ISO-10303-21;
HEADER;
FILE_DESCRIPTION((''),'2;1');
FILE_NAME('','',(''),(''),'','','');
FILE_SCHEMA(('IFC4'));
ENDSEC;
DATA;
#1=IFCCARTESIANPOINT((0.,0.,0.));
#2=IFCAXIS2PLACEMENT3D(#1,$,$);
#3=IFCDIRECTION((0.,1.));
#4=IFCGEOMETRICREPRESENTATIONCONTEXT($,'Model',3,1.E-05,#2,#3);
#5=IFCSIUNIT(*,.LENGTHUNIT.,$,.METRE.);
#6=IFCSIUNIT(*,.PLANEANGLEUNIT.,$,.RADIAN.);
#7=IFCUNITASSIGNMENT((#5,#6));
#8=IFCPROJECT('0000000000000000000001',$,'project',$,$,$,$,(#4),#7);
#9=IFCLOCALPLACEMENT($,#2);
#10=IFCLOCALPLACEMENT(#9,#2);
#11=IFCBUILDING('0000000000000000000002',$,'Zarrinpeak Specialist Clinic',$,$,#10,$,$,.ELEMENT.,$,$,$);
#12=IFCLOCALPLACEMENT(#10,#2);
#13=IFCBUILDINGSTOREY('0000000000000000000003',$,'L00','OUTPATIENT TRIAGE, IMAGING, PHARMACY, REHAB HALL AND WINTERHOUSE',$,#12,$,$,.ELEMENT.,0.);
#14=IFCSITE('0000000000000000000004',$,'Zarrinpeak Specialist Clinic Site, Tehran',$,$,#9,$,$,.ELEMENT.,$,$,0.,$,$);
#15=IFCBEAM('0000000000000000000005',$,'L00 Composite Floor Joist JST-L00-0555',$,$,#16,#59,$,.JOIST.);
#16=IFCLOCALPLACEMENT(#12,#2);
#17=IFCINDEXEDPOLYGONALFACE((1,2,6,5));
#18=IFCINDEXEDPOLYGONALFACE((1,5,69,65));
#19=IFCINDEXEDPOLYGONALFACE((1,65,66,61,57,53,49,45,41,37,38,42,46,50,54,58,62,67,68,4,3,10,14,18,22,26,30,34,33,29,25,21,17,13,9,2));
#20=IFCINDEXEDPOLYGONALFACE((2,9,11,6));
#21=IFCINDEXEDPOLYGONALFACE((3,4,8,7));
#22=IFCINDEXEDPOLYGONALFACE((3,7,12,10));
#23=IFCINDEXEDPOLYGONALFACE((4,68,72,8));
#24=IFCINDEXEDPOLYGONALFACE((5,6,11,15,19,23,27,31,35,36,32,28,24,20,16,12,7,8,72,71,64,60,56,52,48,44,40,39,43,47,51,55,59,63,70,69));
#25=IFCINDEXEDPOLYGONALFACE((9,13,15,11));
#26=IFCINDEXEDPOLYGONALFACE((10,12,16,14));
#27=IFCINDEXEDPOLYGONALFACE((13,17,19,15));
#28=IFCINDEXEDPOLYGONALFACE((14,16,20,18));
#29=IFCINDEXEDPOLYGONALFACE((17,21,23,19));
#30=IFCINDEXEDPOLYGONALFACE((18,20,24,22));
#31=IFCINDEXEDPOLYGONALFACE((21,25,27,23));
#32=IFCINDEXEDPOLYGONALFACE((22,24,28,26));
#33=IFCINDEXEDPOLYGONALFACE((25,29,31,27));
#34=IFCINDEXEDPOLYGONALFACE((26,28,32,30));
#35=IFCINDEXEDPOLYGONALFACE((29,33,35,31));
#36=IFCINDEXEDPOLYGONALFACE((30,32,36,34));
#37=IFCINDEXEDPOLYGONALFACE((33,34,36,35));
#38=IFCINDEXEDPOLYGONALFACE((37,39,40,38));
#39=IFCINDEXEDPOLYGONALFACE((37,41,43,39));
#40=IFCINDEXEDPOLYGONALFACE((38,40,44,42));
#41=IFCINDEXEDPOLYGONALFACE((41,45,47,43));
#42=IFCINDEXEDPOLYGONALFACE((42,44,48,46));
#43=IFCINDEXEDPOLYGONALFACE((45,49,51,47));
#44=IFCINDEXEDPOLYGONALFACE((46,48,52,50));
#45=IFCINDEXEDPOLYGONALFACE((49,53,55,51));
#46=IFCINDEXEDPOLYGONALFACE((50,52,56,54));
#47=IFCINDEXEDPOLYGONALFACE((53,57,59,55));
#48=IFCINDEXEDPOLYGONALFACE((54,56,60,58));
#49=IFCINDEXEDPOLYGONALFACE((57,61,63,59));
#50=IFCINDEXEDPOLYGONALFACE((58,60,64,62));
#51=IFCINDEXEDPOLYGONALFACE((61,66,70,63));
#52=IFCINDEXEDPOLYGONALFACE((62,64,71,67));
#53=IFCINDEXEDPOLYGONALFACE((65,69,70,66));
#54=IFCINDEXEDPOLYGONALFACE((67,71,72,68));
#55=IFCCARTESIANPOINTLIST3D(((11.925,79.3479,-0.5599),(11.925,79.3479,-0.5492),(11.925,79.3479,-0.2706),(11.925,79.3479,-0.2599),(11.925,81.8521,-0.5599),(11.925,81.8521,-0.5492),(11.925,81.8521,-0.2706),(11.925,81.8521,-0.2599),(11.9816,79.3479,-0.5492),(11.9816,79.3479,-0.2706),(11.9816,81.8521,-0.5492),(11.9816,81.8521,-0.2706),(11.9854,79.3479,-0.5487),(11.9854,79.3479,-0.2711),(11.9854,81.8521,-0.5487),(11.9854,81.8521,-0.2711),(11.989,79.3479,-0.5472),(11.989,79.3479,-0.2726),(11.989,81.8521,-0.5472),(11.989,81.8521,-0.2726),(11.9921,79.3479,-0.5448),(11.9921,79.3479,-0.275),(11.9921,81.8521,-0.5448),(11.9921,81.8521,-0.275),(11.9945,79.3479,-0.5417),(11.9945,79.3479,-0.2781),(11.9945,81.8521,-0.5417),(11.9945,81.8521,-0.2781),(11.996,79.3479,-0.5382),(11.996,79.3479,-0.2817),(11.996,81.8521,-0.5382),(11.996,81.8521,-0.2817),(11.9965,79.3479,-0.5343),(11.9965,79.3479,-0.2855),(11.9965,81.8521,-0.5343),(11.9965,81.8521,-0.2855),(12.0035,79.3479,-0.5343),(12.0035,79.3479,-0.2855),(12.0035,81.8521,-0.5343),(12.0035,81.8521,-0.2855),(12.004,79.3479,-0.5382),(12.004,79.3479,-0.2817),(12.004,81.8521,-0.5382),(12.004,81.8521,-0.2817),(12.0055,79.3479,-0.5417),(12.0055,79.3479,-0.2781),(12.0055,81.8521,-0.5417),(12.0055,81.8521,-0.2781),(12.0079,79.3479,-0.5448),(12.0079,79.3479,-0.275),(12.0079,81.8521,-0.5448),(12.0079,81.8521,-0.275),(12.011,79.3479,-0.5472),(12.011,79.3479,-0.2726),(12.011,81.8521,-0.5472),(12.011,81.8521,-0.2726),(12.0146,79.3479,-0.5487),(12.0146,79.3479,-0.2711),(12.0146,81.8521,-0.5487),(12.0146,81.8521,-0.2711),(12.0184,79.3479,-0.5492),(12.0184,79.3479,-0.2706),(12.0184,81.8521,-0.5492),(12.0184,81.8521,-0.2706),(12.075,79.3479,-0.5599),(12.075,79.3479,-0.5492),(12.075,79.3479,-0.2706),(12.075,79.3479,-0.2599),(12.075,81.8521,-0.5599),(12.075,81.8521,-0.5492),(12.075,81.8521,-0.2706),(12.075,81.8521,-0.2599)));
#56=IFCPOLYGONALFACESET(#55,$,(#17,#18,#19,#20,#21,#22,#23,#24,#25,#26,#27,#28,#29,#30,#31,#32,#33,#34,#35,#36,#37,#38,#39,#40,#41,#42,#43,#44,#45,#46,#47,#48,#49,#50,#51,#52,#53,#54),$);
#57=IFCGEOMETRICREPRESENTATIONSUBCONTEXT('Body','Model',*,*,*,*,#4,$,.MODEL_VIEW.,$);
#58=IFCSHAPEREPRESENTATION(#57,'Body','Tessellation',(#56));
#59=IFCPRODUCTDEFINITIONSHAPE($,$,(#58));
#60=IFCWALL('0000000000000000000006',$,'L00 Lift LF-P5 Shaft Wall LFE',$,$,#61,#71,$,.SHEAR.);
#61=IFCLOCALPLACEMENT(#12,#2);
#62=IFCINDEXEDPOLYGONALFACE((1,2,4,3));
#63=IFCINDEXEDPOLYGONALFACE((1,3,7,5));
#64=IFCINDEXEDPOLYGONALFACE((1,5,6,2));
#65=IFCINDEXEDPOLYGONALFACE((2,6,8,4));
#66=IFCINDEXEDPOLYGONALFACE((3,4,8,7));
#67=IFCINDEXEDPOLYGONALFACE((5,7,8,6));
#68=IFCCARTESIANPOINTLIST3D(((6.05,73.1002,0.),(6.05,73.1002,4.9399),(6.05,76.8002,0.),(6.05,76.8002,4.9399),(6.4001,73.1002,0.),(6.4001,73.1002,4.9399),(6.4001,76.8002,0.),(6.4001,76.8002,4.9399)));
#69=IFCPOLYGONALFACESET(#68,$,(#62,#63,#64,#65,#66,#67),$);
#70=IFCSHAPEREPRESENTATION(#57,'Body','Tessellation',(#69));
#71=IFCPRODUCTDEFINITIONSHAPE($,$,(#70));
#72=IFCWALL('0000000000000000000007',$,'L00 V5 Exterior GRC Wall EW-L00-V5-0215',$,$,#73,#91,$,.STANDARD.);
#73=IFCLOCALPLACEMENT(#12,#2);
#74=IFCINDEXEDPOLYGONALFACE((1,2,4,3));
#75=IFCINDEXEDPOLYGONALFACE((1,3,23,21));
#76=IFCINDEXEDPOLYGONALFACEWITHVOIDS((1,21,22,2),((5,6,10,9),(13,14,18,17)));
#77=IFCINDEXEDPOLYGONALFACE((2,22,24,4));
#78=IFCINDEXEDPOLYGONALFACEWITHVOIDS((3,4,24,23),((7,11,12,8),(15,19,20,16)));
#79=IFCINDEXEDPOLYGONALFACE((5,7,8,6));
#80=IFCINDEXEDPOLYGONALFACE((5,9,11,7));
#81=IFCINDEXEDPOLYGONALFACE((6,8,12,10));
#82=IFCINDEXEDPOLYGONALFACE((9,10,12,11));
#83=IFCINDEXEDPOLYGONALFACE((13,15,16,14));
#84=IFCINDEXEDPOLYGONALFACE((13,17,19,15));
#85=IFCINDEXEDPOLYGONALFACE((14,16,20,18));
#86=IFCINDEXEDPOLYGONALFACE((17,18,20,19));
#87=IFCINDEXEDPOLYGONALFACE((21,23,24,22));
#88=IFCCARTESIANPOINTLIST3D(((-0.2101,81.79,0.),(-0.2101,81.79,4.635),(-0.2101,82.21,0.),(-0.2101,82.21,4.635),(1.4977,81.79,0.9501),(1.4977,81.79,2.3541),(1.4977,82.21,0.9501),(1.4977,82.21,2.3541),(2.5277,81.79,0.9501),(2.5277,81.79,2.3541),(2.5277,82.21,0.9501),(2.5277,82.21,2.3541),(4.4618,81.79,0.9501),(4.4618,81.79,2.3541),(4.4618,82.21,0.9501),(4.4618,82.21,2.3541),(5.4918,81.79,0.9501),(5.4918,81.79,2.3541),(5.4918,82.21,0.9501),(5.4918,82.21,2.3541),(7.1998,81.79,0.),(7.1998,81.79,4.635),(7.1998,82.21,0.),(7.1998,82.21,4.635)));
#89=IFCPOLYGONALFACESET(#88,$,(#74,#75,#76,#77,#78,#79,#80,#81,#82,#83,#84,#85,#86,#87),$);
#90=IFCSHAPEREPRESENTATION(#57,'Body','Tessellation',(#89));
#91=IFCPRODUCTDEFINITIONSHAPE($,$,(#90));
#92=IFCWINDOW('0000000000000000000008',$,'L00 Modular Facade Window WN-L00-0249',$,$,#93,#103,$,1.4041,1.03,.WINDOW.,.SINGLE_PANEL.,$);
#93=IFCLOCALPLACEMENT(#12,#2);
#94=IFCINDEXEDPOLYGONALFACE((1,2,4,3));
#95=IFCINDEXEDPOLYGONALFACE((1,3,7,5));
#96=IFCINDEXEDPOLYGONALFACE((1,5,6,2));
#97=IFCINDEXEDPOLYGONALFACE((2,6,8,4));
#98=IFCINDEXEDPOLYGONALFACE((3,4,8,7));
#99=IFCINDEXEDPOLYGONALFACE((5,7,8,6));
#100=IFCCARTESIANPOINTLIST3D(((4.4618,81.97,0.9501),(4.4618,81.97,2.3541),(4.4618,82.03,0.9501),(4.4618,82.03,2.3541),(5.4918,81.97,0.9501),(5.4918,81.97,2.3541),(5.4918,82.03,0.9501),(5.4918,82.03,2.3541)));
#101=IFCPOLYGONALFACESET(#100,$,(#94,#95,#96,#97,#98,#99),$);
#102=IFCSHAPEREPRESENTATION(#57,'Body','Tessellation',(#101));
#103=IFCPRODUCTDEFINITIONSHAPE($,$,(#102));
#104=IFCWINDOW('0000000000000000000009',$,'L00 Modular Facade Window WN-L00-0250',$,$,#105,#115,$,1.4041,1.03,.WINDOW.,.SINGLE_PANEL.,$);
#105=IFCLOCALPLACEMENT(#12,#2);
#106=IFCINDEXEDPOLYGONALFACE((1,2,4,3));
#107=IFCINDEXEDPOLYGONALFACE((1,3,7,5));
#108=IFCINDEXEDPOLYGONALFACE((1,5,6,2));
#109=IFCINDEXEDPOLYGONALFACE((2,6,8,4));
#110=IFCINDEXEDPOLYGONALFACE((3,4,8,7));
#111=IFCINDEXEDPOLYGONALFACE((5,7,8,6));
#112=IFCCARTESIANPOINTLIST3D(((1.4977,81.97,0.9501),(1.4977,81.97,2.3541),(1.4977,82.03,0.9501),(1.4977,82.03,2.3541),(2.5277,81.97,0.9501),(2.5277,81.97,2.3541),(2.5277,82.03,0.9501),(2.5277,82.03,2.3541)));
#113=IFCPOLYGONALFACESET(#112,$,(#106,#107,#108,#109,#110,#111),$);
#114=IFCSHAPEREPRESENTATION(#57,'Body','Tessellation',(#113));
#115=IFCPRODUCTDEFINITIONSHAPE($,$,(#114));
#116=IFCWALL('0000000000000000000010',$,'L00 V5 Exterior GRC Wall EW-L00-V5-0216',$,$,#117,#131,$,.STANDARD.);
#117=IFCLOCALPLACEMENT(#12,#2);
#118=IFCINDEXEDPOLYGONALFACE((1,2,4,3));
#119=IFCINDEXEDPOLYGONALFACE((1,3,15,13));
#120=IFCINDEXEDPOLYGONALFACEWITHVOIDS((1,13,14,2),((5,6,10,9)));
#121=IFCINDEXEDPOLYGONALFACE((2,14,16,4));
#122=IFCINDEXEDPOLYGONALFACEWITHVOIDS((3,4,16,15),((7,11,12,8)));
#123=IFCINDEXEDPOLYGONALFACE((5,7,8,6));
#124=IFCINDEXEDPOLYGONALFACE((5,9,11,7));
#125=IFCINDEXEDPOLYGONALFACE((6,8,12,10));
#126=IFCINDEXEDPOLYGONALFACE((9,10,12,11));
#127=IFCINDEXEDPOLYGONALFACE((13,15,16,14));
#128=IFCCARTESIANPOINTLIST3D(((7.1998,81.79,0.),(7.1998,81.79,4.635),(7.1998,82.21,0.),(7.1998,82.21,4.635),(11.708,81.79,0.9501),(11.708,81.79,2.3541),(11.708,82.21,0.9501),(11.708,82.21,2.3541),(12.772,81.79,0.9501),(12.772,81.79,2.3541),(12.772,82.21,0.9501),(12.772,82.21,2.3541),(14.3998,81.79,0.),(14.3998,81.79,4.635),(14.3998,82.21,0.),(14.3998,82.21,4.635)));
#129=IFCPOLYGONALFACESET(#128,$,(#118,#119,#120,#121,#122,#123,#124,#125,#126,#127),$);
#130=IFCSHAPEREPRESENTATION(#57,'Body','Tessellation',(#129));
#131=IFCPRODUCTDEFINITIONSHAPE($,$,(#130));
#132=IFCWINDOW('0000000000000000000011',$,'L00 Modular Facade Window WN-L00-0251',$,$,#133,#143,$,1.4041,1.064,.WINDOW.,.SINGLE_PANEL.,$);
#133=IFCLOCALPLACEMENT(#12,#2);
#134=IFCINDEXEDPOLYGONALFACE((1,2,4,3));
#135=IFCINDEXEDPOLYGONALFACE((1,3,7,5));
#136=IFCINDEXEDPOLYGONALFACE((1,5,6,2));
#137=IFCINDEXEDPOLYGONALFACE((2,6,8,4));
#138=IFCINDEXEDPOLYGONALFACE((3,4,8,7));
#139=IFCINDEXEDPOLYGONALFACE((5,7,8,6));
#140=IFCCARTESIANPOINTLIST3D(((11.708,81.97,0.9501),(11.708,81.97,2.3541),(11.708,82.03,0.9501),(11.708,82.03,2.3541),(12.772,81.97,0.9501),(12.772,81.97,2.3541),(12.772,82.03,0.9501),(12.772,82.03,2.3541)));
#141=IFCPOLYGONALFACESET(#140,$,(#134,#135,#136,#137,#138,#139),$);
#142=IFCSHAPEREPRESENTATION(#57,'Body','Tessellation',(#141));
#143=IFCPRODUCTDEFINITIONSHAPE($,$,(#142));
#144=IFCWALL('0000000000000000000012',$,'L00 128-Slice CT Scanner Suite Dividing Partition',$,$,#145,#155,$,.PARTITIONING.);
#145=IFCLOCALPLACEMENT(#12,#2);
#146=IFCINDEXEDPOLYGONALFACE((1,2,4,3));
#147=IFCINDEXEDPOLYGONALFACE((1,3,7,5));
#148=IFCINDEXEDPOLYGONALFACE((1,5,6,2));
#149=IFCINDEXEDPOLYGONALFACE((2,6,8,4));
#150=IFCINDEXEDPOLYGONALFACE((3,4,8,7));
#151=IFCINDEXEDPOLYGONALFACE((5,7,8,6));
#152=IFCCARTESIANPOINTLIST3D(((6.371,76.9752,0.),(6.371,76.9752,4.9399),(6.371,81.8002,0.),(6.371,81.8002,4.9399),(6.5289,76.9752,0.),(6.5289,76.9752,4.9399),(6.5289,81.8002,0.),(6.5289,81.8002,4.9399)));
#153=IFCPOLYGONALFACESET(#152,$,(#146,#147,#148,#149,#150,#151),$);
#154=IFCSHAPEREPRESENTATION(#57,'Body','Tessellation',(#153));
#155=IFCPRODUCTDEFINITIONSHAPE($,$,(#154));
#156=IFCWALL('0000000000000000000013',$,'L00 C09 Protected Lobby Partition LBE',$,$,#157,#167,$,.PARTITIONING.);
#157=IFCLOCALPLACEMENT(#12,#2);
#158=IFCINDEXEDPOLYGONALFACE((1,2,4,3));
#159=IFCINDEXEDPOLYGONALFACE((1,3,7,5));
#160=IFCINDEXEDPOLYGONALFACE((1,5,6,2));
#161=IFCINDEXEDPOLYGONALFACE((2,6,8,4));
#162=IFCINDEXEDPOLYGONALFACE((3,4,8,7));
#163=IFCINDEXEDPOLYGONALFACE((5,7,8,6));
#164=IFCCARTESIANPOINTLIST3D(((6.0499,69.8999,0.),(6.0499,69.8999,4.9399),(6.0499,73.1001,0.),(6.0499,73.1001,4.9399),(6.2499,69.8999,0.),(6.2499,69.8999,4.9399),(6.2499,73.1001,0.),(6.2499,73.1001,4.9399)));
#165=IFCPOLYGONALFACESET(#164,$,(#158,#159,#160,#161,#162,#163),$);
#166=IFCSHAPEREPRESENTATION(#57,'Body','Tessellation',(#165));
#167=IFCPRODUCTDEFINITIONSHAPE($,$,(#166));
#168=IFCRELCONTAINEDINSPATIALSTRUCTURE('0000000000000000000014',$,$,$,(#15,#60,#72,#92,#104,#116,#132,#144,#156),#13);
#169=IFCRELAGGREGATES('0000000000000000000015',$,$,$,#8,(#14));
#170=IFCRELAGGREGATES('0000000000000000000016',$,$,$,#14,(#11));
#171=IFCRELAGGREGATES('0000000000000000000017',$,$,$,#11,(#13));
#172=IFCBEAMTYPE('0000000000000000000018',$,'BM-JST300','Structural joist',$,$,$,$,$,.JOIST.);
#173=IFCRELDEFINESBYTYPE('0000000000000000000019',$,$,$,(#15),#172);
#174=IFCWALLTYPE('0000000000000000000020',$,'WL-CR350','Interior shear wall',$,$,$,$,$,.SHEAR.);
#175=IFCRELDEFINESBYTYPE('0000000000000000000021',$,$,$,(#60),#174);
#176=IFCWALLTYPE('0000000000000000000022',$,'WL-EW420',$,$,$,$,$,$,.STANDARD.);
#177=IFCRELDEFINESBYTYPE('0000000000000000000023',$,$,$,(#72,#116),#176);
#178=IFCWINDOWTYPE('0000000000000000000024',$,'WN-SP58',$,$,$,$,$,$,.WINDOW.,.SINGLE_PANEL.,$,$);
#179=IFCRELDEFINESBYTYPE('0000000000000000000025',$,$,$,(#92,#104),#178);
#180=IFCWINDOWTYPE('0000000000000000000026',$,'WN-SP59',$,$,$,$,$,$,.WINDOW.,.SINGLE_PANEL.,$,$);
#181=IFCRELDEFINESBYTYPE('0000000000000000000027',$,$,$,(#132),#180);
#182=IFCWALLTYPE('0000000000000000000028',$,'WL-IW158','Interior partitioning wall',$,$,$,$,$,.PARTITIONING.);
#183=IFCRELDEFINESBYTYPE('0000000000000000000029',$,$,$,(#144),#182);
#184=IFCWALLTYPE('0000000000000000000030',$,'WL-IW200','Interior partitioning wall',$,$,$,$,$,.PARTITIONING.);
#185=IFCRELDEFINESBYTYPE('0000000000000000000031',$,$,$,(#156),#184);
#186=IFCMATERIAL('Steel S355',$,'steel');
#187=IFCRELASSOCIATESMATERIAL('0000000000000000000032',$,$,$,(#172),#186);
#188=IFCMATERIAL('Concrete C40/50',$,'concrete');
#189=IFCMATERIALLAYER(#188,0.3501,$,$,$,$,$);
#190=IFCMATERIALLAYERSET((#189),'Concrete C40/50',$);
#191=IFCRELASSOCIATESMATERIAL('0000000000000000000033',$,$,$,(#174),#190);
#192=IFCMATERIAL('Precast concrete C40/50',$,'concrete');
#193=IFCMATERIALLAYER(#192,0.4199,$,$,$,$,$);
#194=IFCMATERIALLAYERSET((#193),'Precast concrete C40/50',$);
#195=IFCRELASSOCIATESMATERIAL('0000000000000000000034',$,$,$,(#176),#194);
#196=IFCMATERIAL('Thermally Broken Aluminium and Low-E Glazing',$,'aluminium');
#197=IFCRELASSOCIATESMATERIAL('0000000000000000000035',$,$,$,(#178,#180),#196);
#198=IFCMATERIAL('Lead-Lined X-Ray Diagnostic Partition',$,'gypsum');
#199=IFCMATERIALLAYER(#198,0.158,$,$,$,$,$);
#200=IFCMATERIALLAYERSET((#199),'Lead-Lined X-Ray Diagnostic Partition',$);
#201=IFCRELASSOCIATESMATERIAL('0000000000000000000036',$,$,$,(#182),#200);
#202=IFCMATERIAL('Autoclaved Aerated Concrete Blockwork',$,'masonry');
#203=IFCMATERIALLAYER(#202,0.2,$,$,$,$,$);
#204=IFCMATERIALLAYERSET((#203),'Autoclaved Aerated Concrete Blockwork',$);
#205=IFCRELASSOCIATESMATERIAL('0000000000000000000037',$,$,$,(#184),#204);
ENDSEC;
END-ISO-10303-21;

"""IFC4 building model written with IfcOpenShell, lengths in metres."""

from ifc_helpers import new_model, si_unit, direction, frame, frame_2d, origin, origin_2d, place, context, subcontext, project, spatial, rectangle, i_section, extrude, material, layer, layer_set, material_profile, profile_set, type_object, element, fill, save


model = new_model("IFC4")

# Units and contexts
model_context = context("Model", 3, precision=1e-05, world=origin(), true_north=direction((0.0, 1.0)))
body_context = subcontext(model_context, "Body", "Model", "MODEL_VIEW")
ifc_project = project(units=[si_unit("LENGTHUNIT", "METRE"), si_unit("PLANEANGLEUNIT", "RADIAN")], contexts=[model_context])

# Site, building, storey
site_placement = place(None, origin())
site = spatial("IfcSite", under=ifc_project, at=site_placement, Name="Zarrinpeak Specialist Clinic Site, Tehran", CompositionType="ELEMENT", RefElevation=0.0)
building_placement = place(site_placement, origin())
building = spatial("IfcBuilding", under=site, at=building_placement, Name="Zarrinpeak Specialist Clinic", CompositionType="ELEMENT")
storey_placement = place(building_placement, origin())
storey = spatial("IfcBuildingStorey", under=building, at=storey_placement, Name="L00", Description="OUTPATIENT TRIAGE, IMAGING, PHARMACY, REHAB HALL AND WINTERHOUSE", CompositionType="ELEMENT", Elevation=0.0)

# Shared definitions
ifc_material_1 = material(Name="Steel S355", Category="steel")

# Beam
ifc_material_profile_1 = material_profile(ifc_material_1, i_section(OverallWidth=0.1499, OverallDepth=0.3, WebThickness=0.0071, FlangeThickness=0.0107, FilletRadius=0.0149, at=origin_2d()), Name="IPE 300")
ifc_profile_set_1 = profile_set([ifc_material_profile_1], Name="Steel S355")
beam_type_1 = type_object("IfcBeamType", Name="BM-JST300", Description="Structural joist", PredefinedType="JOIST", material=ifc_profile_set_1)
for number, where, z_axis, x_axis, name in (
    (1, (12.0, 79.3479, -0.4099), (0.0, 1.0, 0.0), (-1.0, 0.0, 0.0), "L00 Composite Floor Joist JST-L00-0555"),
):
    element("IfcBeam", number, at=place(storey_placement, frame(where, z_axis=z_axis, x_axis=x_axis)), inside=storey, type_object=beam_type_1, Name=name, PredefinedType="JOIST", context=body_context, shape_type="SweptSolid", body=[
        extrude(i_section(OverallWidth=0.1499, OverallDepth=0.3, WebThickness=0.0071, FlangeThickness=0.0107, FilletRadius=0.0149, at=origin_2d()), origin(), (0.0, 0.0, 1.0), 2.5042),
    ])

# Wall
ifc_material_2 = material(Name="Concrete C40/50", Category="concrete")
ifc_layer_1 = layer(ifc_material_2, 0.3501)
ifc_layer_set_1 = layer_set([ifc_layer_1], Name="Concrete C40/50")
wall_type_1 = type_object("IfcWallType", Name="WL-CR350", Description="Interior shear wall", PredefinedType="SHEAR", material=ifc_layer_set_1)
wall_1_placement = place(storey_placement, frame((6.2251, 73.1001, 0.0), z_axis=(0.0, 0.0, 1.0), x_axis=(0.0, 1.0, 0.0)))
element("IfcWall", 2, at=wall_1_placement, inside=storey, type_object=wall_type_1, Name="L00 Lift LF-P5 Shaft Wall LFE", PredefinedType="SHEAR", context=body_context, shape_type="SweptSolid", body=[
    extrude(rectangle(XDim=3.7, YDim=0.3501, at=frame_2d((1.8501, 0.0))), origin(), (0.0, 0.0, 1.0), 4.9399),
])

# Wall, openings, windows
ifc_material_3 = material(Name="Precast concrete C40/50", Category="concrete")
ifc_layer_2 = layer(ifc_material_3, 0.4199)
ifc_layer_set_2 = layer_set([ifc_layer_2], Name="Precast concrete C40/50")
wall_type_2 = type_object("IfcWallType", Name="WL-EW420", PredefinedType="STANDARD", material=ifc_layer_set_2)
wall_2_placement = place(storey_placement, frame((7.2, 82.0, 0.0), z_axis=(0.0, 0.0, 1.0), x_axis=(-1.0, 0.0, 0.0)))
wall_2 = element("IfcWall", 3, at=wall_2_placement, inside=storey, type_object=wall_type_2, Name="L00 V5 Exterior GRC Wall EW-L00-V5-0215", PredefinedType="STANDARD", context=body_context, shape_type="SweptSolid", body=[
    extrude(rectangle(XDim=7.4099, YDim=0.4199, at=frame_2d((3.7051, 0.0))), origin(), (0.0, 0.0, 1.0), 4.635),
])
opening_1_placement = place(wall_2_placement, frame((1.708, 0.0, 0.95)))
opening_1 = element("IfcOpeningElement", 4, at=opening_1_placement, cuts=wall_2, PredefinedType="OPENING", context=body_context, shape_type="SweptSolid", body=[
    extrude(rectangle(XDim=1.03, YDim=1.4041, at=frame_2d((0.5151, 0.7021))), frame((0.0, 0.22, 0.0), z_axis=(0.0, -1.0, 0.0), x_axis=(1.0, 0.0, 0.0)), (0.0, 0.0, 1.0), 0.4399),
])
opening_2_placement = place(wall_2_placement, frame((4.6721, 0.0, 0.95)))
opening_2 = element("IfcOpeningElement", 5, at=opening_2_placement, cuts=wall_2, PredefinedType="OPENING", context=body_context, shape_type="SweptSolid", body=[
    extrude(rectangle(XDim=1.03, YDim=1.4041, at=frame_2d((0.5151, 0.7021))), frame((0.0, 0.22, 0.0), z_axis=(0.0, -1.0, 0.0), x_axis=(1.0, 0.0, 0.0)), (0.0, 0.0, 1.0), 0.4399),
])
ifc_material_4 = material(Name="Thermally Broken Aluminium and Low-E Glazing", Category="aluminium")
window_type_1 = type_object("IfcWindowType", Name="WN-SP58", PartitioningType="SINGLE_PANEL", PredefinedType="WINDOW", material=ifc_material_4)
window_1_placement = place(opening_1_placement, origin())
window_1 = element("IfcWindow", 6, at=window_1_placement, inside=storey, type_object=window_type_1, Name="L00 Modular Facade Window WN-L00-0249", OverallHeight=1.4041, OverallWidth=1.03, PartitioningType="SINGLE_PANEL", PredefinedType="WINDOW", context=body_context, shape_type="SweptSolid", body=[
    extrude(rectangle(XDim=1.03, YDim=1.4041, at=frame_2d((0.5151, 0.7021))), frame((0.0, 0.03, 0.0), z_axis=(0.0, -1.0, 0.0), x_axis=(1.0, 0.0, 0.0)), (0.0, 0.0, 1.0), 0.0601),
])
fill(opening_1, window_1)
window_2_placement = place(opening_2_placement, origin())
window_2 = element("IfcWindow", 7, at=window_2_placement, inside=storey, type_object=window_type_1, Name="L00 Modular Facade Window WN-L00-0250", OverallHeight=1.4041, OverallWidth=1.03, PartitioningType="SINGLE_PANEL", PredefinedType="WINDOW", context=body_context, shape_type="SweptSolid", body=[
    extrude(rectangle(XDim=1.03, YDim=1.4041, at=frame_2d((0.5151, 0.7021))), frame((0.0, 0.03, 0.0), z_axis=(0.0, -1.0, 0.0), x_axis=(1.0, 0.0, 0.0)), (0.0, 0.0, 1.0), 0.0601),
])
fill(opening_2, window_2)

# Wall, opening, window
wall_3_placement = place(storey_placement, frame((14.3999, 82.0, 0.0), z_axis=(0.0, 0.0, 1.0), x_axis=(-1.0, 0.0, 0.0)))
wall_3 = element("IfcWall", 8, at=wall_3_placement, inside=storey, type_object=wall_type_2, Name="L00 V5 Exterior GRC Wall EW-L00-V5-0216", PredefinedType="STANDARD", context=body_context, shape_type="SweptSolid", body=[
    extrude(rectangle(XDim=7.2, YDim=0.4199, at=frame_2d((3.6001, 0.0))), origin(), (0.0, 0.0, 1.0), 4.635),
])
opening_3_placement = place(wall_3_placement, frame((1.6279, 0.0, 0.95)))
opening_3 = element("IfcOpeningElement", 9, at=opening_3_placement, cuts=wall_3, PredefinedType="OPENING", context=body_context, shape_type="SweptSolid", body=[
    extrude(rectangle(XDim=1.064, YDim=1.4041, at=frame_2d((0.532, 0.7021))), frame((0.0, 0.22, 0.0), z_axis=(0.0, -1.0, 0.0), x_axis=(1.0, 0.0, 0.0)), (0.0, 0.0, 1.0), 0.4399),
])
window_type_2 = type_object("IfcWindowType", Name="WN-SP59", PartitioningType="SINGLE_PANEL", PredefinedType="WINDOW", material=ifc_material_4)
window_3_placement = place(opening_3_placement, origin())
window_3 = element("IfcWindow", 10, at=window_3_placement, inside=storey, type_object=window_type_2, Name="L00 Modular Facade Window WN-L00-0251", OverallHeight=1.4041, OverallWidth=1.064, PartitioningType="SINGLE_PANEL", PredefinedType="WINDOW", context=body_context, shape_type="SweptSolid", body=[
    extrude(rectangle(XDim=1.064, YDim=1.4041, at=frame_2d((0.532, 0.7021))), frame((0.0, 0.03, 0.0), z_axis=(0.0, -1.0, 0.0), x_axis=(1.0, 0.0, 0.0)), (0.0, 0.0, 1.0), 0.0601),
])
fill(opening_3, window_3)

# Walls
ifc_material_5 = material(Name="Lead-Lined X-Ray Diagnostic Partition", Category="gypsum")
ifc_layer_3 = layer(ifc_material_5, 0.158)
ifc_layer_set_3 = layer_set([ifc_layer_3], Name="Lead-Lined X-Ray Diagnostic Partition")
wall_type_3 = type_object("IfcWallType", Name="WL-IW158", Description="Interior partitioning wall", PredefinedType="PARTITIONING", material=ifc_layer_set_3)
wall_4_placement = place(storey_placement, frame((6.45, 76.9751, 0.0), z_axis=(0.0, 0.0, 1.0), x_axis=(0.0, 1.0, 0.0)))
element("IfcWall", 11, at=wall_4_placement, inside=storey, type_object=wall_type_3, Name="L00 128-Slice CT Scanner Suite Dividing Partition", PredefinedType="PARTITIONING", context=body_context, shape_type="SweptSolid", body=[
    extrude(rectangle(XDim=4.825, YDim=0.158, at=frame_2d((2.4126, 0.0))), origin(), (0.0, 0.0, 1.0), 4.9399),
])
ifc_material_6 = material(Name="Autoclaved Aerated Concrete Blockwork", Category="masonry")
ifc_layer_4 = layer(ifc_material_6, 0.2)
ifc_layer_set_4 = layer_set([ifc_layer_4], Name="Autoclaved Aerated Concrete Blockwork")
wall_type_4 = type_object("IfcWallType", Name="WL-IW200", Description="Interior partitioning wall", PredefinedType="PARTITIONING", material=ifc_layer_set_4)
wall_5_placement = place(storey_placement, frame((6.1499, 69.8999, 0.0), z_axis=(0.0, 0.0, 1.0), x_axis=(0.0, 1.0, 0.0)))
element("IfcWall", 12, at=wall_5_placement, inside=storey, type_object=wall_type_4, Name="L00 C09 Protected Lobby Partition LBE", PredefinedType="PARTITIONING", context=body_context, shape_type="SweptSolid", body=[
    extrude(rectangle(XDim=3.2002, YDim=0.2, at=frame_2d((1.6001, 0.0))), origin(), (0.0, 0.0, 1.0), 4.9399),
])

save(model, "model.ifc")
